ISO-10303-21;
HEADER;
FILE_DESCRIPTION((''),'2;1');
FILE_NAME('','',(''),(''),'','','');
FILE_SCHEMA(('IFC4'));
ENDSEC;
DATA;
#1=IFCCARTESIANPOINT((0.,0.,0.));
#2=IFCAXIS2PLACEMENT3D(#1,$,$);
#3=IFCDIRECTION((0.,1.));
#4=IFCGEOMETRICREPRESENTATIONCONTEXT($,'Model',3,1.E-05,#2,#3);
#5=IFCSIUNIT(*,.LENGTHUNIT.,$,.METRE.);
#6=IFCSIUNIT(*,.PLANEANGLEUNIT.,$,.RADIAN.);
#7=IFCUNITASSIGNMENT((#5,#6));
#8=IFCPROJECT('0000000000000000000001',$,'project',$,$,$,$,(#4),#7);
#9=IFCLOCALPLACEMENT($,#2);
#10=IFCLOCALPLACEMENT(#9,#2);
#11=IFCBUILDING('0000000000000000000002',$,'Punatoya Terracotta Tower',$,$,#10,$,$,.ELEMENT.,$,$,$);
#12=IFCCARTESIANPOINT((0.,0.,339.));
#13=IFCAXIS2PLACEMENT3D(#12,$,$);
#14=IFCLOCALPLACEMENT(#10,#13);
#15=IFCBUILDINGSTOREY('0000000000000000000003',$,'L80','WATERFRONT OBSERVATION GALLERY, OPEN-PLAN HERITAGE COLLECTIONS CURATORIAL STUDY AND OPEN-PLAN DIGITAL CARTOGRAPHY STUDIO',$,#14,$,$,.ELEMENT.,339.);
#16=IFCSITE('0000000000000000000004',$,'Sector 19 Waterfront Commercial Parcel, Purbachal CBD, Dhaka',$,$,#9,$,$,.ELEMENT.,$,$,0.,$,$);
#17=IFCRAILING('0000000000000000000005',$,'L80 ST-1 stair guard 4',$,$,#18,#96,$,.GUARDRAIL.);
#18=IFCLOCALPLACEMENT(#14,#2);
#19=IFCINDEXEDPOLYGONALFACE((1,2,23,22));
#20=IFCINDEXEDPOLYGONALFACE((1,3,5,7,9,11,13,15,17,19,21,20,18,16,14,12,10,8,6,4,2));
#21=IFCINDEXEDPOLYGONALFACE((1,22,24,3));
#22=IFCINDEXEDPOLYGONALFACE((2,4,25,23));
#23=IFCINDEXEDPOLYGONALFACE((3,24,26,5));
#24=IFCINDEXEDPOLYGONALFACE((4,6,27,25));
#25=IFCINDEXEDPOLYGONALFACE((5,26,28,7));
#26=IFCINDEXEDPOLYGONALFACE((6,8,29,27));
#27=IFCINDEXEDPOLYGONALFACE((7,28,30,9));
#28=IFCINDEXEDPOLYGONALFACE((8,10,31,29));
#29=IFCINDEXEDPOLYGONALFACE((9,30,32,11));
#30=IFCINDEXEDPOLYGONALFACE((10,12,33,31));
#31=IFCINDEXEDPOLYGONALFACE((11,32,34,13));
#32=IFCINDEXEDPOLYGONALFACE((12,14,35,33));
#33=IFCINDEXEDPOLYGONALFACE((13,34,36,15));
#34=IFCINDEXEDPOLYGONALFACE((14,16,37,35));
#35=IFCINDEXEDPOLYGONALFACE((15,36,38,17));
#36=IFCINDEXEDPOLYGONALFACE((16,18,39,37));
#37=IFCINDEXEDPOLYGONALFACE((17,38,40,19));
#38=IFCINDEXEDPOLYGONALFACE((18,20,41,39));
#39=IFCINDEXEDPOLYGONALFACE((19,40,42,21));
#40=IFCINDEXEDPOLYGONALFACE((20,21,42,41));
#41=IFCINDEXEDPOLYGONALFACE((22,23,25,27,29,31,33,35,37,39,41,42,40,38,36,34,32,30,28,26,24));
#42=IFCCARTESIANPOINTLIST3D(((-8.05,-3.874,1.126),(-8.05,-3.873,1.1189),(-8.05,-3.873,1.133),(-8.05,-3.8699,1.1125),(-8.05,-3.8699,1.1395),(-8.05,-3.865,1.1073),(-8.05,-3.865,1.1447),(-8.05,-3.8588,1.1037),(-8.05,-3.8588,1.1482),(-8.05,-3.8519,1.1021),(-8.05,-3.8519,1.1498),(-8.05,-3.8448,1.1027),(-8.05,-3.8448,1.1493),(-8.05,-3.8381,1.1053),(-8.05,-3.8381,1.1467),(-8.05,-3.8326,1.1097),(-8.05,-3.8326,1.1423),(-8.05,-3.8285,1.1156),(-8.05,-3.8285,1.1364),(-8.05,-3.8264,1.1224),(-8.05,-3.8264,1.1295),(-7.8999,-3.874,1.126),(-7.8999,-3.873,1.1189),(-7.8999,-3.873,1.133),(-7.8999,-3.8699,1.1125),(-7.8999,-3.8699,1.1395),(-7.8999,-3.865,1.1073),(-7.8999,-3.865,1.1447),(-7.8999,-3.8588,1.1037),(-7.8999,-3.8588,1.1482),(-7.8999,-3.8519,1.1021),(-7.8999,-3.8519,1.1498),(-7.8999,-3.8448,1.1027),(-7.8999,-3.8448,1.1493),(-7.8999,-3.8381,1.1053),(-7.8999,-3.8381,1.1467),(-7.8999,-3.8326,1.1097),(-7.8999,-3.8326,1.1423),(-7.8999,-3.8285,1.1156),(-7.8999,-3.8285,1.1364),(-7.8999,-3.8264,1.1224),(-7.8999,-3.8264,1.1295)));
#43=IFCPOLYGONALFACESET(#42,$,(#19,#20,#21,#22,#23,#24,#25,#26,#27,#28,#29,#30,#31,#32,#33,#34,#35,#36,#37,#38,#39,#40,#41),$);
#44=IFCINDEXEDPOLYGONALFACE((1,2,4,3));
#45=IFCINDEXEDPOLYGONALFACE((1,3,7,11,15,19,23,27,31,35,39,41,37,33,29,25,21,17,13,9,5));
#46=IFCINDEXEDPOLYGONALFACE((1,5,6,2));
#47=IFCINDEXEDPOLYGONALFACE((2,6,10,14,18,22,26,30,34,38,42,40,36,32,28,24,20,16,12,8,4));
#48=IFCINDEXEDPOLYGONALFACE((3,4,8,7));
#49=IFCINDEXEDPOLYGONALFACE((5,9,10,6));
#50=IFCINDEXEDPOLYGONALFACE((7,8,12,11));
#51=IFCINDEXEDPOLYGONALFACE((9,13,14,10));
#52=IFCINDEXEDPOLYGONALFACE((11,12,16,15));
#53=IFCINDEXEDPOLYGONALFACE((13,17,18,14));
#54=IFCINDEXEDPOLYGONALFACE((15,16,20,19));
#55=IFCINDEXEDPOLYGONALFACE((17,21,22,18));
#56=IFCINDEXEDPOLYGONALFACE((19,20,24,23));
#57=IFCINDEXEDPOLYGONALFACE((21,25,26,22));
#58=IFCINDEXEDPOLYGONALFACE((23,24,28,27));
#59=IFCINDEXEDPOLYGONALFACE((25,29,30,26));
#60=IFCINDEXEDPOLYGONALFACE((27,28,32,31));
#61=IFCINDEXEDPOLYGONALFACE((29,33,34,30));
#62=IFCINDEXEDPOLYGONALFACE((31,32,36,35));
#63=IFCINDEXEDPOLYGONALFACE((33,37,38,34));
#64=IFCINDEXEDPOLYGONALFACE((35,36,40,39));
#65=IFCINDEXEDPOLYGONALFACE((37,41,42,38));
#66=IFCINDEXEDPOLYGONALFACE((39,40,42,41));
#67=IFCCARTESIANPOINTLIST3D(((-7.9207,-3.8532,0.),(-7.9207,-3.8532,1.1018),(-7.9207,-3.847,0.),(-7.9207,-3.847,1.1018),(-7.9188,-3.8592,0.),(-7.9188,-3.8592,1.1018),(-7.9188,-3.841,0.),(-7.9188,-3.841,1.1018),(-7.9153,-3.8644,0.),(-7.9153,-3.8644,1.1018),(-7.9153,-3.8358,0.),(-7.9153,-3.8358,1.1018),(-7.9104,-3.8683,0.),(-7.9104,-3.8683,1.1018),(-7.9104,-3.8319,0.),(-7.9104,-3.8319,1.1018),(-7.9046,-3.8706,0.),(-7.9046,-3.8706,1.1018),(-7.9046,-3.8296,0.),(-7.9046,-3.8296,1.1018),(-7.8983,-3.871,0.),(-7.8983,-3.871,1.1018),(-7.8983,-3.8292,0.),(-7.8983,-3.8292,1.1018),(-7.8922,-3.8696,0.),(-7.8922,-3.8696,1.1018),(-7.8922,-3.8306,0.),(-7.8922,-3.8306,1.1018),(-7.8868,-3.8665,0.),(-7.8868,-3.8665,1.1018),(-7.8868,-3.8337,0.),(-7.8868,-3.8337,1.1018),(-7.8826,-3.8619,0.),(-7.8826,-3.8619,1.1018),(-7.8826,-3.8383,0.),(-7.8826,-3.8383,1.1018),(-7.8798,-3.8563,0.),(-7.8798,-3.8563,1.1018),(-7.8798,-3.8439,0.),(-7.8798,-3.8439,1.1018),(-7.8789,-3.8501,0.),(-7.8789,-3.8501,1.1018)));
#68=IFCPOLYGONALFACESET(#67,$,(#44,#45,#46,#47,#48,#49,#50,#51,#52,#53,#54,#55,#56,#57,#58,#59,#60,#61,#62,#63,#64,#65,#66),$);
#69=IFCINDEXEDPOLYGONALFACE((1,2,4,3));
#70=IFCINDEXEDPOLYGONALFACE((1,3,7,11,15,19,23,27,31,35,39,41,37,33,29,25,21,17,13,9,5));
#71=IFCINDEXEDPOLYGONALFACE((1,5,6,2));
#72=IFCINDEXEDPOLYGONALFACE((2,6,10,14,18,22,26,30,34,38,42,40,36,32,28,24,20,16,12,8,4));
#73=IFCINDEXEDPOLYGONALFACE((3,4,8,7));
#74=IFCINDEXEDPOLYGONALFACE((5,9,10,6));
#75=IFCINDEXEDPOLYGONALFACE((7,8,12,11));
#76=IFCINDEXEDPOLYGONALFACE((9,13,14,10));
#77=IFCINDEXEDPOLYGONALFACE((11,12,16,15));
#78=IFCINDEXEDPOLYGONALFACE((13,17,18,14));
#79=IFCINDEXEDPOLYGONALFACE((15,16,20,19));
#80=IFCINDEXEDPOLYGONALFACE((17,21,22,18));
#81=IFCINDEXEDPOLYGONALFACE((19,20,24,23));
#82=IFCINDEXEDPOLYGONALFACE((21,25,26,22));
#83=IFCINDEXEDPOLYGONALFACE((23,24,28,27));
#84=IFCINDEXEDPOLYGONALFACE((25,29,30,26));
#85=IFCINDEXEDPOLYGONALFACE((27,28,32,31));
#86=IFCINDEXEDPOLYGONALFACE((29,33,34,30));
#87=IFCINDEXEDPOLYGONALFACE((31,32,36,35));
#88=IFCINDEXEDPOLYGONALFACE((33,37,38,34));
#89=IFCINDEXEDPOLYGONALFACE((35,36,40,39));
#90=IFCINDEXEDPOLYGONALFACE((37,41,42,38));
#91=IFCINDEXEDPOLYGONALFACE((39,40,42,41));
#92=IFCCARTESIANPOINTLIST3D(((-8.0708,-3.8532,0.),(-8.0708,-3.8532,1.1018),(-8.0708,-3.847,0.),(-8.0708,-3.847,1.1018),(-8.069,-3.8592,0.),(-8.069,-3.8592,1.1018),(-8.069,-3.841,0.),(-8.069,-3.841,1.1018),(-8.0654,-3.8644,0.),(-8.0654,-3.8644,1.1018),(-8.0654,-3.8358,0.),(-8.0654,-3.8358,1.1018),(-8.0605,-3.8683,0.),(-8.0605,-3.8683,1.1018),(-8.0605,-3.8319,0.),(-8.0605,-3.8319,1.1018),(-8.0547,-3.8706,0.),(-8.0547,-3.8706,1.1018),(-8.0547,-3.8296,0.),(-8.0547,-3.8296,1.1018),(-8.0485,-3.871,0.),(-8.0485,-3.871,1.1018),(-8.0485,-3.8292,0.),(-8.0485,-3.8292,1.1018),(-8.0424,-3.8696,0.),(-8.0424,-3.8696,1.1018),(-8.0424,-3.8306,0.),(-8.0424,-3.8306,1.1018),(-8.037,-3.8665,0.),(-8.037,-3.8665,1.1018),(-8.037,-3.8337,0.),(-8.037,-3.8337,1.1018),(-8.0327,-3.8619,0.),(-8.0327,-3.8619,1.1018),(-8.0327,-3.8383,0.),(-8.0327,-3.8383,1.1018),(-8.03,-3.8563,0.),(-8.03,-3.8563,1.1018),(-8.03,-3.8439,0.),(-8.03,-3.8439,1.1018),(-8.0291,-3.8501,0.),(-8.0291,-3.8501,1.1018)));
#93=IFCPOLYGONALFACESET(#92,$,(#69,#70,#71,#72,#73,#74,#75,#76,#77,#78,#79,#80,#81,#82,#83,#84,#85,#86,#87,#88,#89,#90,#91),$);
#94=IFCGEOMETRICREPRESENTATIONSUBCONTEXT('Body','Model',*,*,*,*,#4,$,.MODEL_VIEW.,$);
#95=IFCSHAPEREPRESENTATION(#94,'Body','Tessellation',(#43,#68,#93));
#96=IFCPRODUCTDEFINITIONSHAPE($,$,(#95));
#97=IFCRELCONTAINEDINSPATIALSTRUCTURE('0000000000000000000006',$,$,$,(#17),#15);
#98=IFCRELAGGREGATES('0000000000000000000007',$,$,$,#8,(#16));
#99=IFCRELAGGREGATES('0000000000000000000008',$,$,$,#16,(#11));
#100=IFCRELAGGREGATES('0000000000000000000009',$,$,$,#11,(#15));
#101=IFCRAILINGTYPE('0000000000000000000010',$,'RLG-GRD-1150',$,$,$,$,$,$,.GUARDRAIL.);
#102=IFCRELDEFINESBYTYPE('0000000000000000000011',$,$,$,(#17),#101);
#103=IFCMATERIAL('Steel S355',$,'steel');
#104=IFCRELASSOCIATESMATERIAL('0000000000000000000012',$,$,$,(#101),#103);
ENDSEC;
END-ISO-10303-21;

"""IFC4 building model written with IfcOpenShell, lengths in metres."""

from ifc_helpers import new_model, si_unit, direction, frame, origin, origin_2d, place, context, subcontext, project, spatial, circle, extrude, material, type_object, element, save


model = new_model("IFC4")

# Units and contexts
model_context = context("Model", 3, precision=1e-05, world=origin(), true_north=direction((0.0, 1.0)))
body_context = subcontext(model_context, "Body", "Model", "MODEL_VIEW")
ifc_project = project(units=[si_unit("LENGTHUNIT", "METRE"), si_unit("PLANEANGLEUNIT", "RADIAN")], contexts=[model_context])

# Site, building, storey
site_placement = place(None, origin())
site = spatial("IfcSite", under=ifc_project, at=site_placement, Name="Sector 19 Waterfront Commercial Parcel, Purbachal CBD, Dhaka", CompositionType="ELEMENT", RefElevation=0.0)
building_placement = place(site_placement, origin())
building = spatial("IfcBuilding", under=site, at=building_placement, Name="Punatoya Terracotta Tower", CompositionType="ELEMENT")
storey_placement = place(building_placement, frame((0.0, 0.0, 339.0)))
storey = spatial("IfcBuildingStorey", under=building, at=storey_placement, Name="L80", Description="WATERFRONT OBSERVATION GALLERY, OPEN-PLAN HERITAGE COLLECTIONS CURATORIAL STUDY AND OPEN-PLAN DIGITAL CARTOGRAPHY STUDIO", CompositionType="ELEMENT", Elevation=339.0)

# Shared definitions
ifc_material_1 = material(Name="Steel S355", Category="steel")

# Railing
railing_type = type_object("IfcRailingType", Name="RLG-GRD-1150", PredefinedType="GUARDRAIL", material=ifc_material_1)
railing_1_placement = place(storey_placement, frame((-7.8999, -3.8501, 0.0)))
element("IfcRailing", 1, at=railing_1_placement, inside=storey, type_object=railing_type, Name="L80 ST-1 stair guard 4", PredefinedType="GUARDRAIL", context=body_context, shape_type="SweptSolid", body=[
    extrude(circle(Radius=0.0239, at=origin_2d()), frame((0.0, 0.0, 1.126), z_axis=(-1.0, 0.0, 0.0), x_axis=(0.0, -1.0, 0.0)), (0.0, 0.0, 1.0), 0.1501),
    extrude(circle(Radius=0.021, at=origin_2d()), origin(), (0.0, 0.0, 1.0), 1.1018),
    extrude(circle(Radius=0.021, at=origin_2d()), frame((-0.1501, 0.0, 0.0)), (0.0, 0.0, 1.0), 1.1018),
])

save(model, "model.ifc")
